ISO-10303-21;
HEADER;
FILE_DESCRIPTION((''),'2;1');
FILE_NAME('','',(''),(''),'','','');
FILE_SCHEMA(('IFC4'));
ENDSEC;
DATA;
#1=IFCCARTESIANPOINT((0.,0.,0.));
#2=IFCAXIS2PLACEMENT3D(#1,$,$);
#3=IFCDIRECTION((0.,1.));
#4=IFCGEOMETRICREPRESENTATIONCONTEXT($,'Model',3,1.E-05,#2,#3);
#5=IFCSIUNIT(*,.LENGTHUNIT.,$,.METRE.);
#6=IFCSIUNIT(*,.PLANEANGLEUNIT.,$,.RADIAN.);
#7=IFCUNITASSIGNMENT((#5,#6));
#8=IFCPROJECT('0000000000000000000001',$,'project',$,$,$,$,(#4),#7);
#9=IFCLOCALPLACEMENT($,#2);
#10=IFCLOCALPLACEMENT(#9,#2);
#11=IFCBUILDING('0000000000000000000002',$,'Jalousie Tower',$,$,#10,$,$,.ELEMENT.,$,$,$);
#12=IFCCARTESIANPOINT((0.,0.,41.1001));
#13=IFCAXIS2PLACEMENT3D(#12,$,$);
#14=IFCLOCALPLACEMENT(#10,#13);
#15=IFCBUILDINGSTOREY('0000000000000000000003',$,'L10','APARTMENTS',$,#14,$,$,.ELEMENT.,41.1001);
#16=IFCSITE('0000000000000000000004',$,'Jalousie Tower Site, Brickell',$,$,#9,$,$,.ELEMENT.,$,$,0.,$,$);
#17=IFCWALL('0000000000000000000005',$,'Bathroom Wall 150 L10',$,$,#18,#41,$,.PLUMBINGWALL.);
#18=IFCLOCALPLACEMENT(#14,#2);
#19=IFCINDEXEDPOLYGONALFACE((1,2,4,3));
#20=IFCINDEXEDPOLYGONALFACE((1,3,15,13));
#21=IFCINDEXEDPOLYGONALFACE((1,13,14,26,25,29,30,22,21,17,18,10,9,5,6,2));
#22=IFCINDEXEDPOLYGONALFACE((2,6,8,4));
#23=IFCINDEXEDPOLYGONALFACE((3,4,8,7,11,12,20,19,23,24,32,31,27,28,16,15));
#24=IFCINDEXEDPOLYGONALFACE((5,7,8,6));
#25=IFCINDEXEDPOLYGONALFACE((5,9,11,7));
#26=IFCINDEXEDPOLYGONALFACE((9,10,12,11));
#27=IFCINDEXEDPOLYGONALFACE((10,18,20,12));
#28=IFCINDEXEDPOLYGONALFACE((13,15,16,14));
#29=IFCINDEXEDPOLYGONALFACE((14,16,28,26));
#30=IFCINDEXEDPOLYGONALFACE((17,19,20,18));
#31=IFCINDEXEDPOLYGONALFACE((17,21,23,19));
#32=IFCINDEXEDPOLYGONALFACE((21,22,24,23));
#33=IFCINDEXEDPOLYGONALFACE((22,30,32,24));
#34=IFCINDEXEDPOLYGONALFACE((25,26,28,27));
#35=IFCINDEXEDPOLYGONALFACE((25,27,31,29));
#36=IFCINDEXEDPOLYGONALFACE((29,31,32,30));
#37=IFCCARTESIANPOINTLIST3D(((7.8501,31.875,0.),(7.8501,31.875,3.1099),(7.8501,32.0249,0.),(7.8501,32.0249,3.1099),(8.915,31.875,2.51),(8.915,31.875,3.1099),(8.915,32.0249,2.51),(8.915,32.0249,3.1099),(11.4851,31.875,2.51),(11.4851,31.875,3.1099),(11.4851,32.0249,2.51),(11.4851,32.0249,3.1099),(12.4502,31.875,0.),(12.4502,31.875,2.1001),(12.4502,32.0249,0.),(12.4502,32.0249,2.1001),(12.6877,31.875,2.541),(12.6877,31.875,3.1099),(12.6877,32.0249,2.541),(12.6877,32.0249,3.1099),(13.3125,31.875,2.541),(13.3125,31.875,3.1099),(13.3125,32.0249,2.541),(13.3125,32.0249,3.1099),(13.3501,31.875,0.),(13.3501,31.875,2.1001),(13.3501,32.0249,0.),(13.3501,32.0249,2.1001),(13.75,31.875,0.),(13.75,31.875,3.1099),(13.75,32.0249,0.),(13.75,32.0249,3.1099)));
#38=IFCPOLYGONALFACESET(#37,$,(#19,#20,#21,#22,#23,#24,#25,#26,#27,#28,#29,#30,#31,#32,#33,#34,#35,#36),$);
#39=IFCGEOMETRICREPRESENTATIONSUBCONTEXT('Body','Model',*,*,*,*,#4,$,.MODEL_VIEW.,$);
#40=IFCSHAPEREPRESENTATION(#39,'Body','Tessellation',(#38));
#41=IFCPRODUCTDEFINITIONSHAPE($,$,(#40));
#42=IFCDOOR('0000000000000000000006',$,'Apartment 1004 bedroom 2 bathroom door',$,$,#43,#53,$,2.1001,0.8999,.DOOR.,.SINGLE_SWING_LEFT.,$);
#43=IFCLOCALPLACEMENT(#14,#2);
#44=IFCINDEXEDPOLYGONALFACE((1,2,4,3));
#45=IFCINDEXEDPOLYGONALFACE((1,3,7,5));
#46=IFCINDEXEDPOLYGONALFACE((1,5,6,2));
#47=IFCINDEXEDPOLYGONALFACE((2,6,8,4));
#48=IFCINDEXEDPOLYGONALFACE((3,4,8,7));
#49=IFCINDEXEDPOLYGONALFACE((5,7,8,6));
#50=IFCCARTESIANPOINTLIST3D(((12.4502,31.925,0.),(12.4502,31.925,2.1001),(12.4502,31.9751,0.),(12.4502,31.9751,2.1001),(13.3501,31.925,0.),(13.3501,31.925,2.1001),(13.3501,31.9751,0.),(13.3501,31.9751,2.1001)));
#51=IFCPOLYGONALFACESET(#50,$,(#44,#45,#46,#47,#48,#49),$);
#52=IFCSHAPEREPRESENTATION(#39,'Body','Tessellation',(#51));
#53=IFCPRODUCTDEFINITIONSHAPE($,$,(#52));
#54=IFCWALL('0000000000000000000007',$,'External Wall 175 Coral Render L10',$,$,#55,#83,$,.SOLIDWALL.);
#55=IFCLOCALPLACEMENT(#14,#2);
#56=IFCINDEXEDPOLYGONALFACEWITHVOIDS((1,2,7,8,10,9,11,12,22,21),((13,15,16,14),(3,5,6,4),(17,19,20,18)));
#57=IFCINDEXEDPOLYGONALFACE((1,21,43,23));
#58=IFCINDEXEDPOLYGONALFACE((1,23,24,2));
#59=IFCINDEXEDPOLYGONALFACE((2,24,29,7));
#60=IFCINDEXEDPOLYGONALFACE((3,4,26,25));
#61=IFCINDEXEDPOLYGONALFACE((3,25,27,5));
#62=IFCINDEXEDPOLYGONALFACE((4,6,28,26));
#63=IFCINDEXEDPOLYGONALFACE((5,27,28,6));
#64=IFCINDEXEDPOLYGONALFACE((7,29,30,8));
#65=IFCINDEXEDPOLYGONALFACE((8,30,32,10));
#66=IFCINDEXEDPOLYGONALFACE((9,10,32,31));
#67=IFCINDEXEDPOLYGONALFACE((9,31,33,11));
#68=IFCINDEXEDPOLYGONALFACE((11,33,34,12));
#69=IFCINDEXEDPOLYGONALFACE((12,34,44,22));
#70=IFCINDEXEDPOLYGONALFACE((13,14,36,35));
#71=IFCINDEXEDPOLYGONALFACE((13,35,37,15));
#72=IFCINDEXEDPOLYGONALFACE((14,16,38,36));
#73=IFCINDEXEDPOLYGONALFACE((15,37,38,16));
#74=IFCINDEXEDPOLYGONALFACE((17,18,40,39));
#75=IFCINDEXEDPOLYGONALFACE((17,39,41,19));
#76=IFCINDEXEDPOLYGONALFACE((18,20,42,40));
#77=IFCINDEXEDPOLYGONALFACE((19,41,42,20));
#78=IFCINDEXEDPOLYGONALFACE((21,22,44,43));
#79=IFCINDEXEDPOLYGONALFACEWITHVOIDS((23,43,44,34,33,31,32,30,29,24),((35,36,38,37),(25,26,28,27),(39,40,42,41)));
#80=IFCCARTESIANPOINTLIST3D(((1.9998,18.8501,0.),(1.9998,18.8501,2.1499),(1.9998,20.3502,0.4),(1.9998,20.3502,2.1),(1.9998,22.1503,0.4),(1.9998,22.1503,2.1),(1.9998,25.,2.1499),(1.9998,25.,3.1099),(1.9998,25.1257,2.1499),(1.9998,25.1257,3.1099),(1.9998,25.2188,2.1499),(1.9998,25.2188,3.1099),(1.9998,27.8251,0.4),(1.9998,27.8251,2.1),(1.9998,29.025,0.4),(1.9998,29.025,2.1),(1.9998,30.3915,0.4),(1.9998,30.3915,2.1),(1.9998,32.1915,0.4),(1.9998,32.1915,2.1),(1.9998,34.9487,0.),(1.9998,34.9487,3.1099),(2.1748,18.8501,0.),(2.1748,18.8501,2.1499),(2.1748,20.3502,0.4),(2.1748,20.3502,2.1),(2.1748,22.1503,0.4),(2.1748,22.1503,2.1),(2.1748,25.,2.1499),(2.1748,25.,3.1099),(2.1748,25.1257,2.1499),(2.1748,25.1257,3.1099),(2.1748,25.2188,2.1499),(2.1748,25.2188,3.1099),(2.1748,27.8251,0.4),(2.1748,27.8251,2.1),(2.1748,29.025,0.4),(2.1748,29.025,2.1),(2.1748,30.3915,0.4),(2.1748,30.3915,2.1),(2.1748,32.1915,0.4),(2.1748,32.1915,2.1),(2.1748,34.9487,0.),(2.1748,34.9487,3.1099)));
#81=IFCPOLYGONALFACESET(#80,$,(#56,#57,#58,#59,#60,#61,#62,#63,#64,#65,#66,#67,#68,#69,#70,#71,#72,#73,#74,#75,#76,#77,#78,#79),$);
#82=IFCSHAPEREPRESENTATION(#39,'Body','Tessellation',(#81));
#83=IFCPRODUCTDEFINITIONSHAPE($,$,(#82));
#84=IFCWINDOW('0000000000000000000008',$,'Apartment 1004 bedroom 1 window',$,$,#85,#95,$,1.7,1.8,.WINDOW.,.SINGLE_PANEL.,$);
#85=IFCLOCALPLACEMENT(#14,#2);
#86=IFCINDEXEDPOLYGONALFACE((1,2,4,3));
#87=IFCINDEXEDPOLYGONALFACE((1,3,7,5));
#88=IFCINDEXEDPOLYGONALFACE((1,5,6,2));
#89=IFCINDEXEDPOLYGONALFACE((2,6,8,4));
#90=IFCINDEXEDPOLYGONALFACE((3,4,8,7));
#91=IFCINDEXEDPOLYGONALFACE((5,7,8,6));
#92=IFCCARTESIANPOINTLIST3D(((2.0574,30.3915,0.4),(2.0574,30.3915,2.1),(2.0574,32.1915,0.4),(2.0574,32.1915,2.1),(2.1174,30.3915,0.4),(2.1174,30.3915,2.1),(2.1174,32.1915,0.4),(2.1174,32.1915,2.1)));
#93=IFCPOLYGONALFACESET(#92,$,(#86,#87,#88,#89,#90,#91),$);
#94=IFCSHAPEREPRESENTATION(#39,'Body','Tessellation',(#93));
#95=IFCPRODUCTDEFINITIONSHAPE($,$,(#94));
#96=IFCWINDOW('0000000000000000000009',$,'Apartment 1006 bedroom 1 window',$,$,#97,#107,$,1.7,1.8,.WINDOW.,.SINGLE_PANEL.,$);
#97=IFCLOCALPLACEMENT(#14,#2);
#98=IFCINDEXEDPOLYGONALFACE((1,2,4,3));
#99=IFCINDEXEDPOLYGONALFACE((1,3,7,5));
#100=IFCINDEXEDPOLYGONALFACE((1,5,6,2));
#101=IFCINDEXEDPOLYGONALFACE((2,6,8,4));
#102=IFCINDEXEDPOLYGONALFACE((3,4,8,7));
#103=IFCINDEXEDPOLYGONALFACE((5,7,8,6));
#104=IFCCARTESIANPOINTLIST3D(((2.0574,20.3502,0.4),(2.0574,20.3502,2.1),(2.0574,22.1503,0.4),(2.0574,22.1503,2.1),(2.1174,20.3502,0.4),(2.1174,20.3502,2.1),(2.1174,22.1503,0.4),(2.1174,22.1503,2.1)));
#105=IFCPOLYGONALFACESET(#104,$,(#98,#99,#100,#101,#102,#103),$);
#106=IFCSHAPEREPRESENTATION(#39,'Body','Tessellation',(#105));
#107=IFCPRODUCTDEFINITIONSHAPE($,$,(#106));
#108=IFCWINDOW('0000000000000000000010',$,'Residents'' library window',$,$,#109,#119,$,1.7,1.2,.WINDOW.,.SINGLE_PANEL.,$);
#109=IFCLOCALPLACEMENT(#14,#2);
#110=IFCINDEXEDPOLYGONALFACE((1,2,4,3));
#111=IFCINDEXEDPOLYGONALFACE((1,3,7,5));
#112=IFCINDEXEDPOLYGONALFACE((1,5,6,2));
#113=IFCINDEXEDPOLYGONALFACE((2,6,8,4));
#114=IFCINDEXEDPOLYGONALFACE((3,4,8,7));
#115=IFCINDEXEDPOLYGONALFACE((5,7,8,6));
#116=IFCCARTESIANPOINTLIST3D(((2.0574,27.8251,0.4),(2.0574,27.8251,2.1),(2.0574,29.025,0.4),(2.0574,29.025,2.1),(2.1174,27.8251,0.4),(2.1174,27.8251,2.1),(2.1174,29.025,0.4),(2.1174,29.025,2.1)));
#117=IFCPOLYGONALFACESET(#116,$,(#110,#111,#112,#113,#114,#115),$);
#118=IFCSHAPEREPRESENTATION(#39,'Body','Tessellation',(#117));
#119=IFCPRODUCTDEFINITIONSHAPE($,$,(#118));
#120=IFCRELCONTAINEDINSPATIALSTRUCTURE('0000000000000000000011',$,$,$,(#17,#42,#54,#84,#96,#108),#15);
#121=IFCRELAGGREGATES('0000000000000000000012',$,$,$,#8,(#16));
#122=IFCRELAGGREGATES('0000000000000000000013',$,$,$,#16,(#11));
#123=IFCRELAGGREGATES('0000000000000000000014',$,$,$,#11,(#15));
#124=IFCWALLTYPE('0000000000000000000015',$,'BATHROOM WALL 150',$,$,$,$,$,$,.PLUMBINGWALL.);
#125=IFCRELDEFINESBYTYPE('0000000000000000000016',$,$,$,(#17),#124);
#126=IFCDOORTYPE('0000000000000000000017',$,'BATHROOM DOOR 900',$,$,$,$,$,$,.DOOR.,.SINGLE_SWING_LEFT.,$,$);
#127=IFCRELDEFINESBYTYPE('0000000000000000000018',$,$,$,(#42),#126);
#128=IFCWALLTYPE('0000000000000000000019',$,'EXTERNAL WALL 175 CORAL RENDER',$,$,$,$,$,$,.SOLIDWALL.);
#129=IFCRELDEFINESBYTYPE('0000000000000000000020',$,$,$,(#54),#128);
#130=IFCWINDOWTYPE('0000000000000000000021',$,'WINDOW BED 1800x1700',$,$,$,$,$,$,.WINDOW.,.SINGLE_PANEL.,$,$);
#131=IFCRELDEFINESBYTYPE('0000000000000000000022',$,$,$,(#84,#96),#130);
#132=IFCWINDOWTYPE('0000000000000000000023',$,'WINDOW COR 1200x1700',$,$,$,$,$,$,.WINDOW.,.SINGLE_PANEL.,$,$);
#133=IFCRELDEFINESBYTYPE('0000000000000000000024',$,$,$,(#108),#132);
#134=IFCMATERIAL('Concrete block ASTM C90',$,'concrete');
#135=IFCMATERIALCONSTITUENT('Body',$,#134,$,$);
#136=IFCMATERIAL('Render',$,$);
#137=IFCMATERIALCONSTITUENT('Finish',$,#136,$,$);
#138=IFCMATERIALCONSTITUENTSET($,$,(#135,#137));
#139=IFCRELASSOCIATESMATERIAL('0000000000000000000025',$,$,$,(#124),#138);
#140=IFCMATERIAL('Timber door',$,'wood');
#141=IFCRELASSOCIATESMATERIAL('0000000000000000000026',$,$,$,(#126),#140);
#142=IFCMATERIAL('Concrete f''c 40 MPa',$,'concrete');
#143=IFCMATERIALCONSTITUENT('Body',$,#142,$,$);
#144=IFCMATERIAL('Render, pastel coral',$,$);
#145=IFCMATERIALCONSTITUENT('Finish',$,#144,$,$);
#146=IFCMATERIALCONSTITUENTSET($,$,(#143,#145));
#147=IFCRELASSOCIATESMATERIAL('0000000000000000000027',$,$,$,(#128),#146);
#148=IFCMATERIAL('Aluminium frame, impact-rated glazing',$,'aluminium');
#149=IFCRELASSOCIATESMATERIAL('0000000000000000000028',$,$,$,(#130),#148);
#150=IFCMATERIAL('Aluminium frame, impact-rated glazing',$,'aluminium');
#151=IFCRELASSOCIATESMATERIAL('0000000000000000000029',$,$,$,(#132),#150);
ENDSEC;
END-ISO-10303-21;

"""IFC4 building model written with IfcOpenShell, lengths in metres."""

from ifc_helpers import new_model, si_unit, direction, frame, frame_2d, origin, place, context, subcontext, project, spatial, polyline, rectangle, outline, extrude, material, constituent, constituent_set, type_object, element, fill, save


model = new_model("IFC4")

# Units and contexts
model_context = context("Model", 3, precision=1e-05, world=origin(), true_north=direction((0.0, 1.0)))
body_context = subcontext(model_context, "Body", "Model", "MODEL_VIEW")
ifc_project = project(units=[si_unit("LENGTHUNIT", "METRE"), si_unit("PLANEANGLEUNIT", "RADIAN")], contexts=[model_context])

# Site, building, storey
site_placement = place(None, origin())
site = spatial("IfcSite", under=ifc_project, at=site_placement, Name="Jalousie Tower Site, Brickell", CompositionType="ELEMENT", RefElevation=0.0)
building_placement = place(site_placement, origin())
building = spatial("IfcBuilding", under=site, at=building_placement, Name="Jalousie Tower", CompositionType="ELEMENT")
storey_placement = place(building_placement, frame((0.0, 0.0, 41.1001)))
storey = spatial("IfcBuildingStorey", under=building, at=storey_placement, Name="L10", Description="APARTMENTS", CompositionType="ELEMENT", Elevation=41.1001)

# Wall, opening, door
ifc_material_1 = material(Name="Concrete block ASTM C90", Category="concrete")
ifc_constituent_1 = constituent(ifc_material_1, Name="Body")
ifc_material_2 = material(Name="Render")
ifc_constituent_2 = constituent(ifc_material_2, Name="Finish")
ifc_constituent_set_1 = constituent_set(constituents=[ifc_constituent_1, ifc_constituent_2])
wall_type_1 = type_object("IfcWallType", Name="BATHROOM WALL 150", PredefinedType="PLUMBINGWALL", material=ifc_constituent_set_1)
wall_1_placement = place(storey_placement, frame((7.8501, 31.95, 0.0), z_axis=(0.0, 0.0, 1.0), x_axis=(1.0, 0.0, 0.0)))
wall_1 = element("IfcWall", 1, at=wall_1_placement, inside=storey, type_object=wall_type_1, Name="Bathroom Wall 150 L10", PredefinedType="PLUMBINGWALL", context=body_context, shape_type="SweptSolid", body=[
    extrude(outline(polyline([(0.0, 0.0), (5.8999, 0.0), (5.8999, 3.1099), (5.4624, 3.1099), (5.4624, 2.541), (4.8376, 2.541), (4.8376, 3.1099), (3.635, 3.1099), (3.635, 2.51), (1.0649, 2.51), (1.0649, 3.1099), (0.0, 3.1099), (0.0, 0.0)])), frame((0.0, 0.075, 0.0), z_axis=(0.0, -1.0, 0.0), x_axis=(1.0, 0.0, 0.0)), (0.0, 0.0, 1.0), 0.1499),
])
opening_1_placement = place(wall_1_placement, frame((4.6001, 0.0, 0.0)))
opening_1 = element("IfcOpeningElement", 2, at=opening_1_placement, cuts=wall_1, PredefinedType="OPENING", context=body_context, shape_type="SweptSolid", body=[
    extrude(rectangle(XDim=0.8999, YDim=2.1001, at=frame_2d((0.45, 1.05))), frame((0.0, 0.085, 0.0), z_axis=(0.0, -1.0, 0.0), x_axis=(1.0, 0.0, 0.0)), (0.0, 0.0, 1.0), 0.1699),
])
ifc_material_3 = material(Name="Timber door", Category="wood")
door_type_1 = type_object("IfcDoorType", Name="BATHROOM DOOR 900", OperationType="SINGLE_SWING_LEFT", PredefinedType="DOOR", material=ifc_material_3)
door_1_placement = place(opening_1_placement, frame((0.8999, 0.0, 0.0), z_axis=(0.0, 0.0, 1.0), x_axis=(-1.0, 0.0, 0.0)))
door_1 = element("IfcDoor", 3, at=door_1_placement, inside=storey, type_object=door_type_1, Name="Apartment 1004 bedroom 2 bathroom door", OperationType="SINGLE_SWING_LEFT", OverallHeight=2.1001, OverallWidth=0.8999, PredefinedType="DOOR", context=body_context, shape_type="SweptSolid", body=[
    extrude(rectangle(XDim=0.8999, YDim=2.1001, at=frame_2d((0.45, 1.05))), frame((0.0, 0.0249, 0.0), z_axis=(0.0, -1.0, 0.0), x_axis=(1.0, 0.0, 0.0)), (0.0, 0.0, 1.0), 0.05),
])
fill(opening_1, door_1)

# Wall, openings, windows
ifc_material_4 = material(Name="Concrete f'c 40 MPa", Category="concrete")
ifc_constituent_3 = constituent(ifc_material_4, Name="Body")
ifc_material_5 = material(Name="Render, pastel coral")
ifc_constituent_4 = constituent(ifc_material_5, Name="Finish")
ifc_constituent_set_2 = constituent_set(constituents=[ifc_constituent_3, ifc_constituent_4])
wall_type_2 = type_object("IfcWallType", Name="EXTERNAL WALL 175 CORAL RENDER", PredefinedType="SOLIDWALL", material=ifc_constituent_set_2)
wall_2_placement = place(storey_placement, frame((2.0874, 34.9487, 0.0), z_axis=(0.0, 0.0, 1.0), x_axis=(0.0, -1.0, 0.0)))
wall_2 = element("IfcWall", 4, at=wall_2_placement, inside=storey, type_object=wall_type_2, Name="External Wall 175 Coral Render L10", PredefinedType="SOLIDWALL", context=body_context, shape_type="SweptSolid", body=[
    extrude(outline(polyline([(0.0, 0.0), (16.0986, 0.0), (16.0986, 2.1499), (9.9487, 2.1499), (9.9487, 3.1099), (9.823, 3.1099), (9.823, 2.1499), (9.73, 2.1499), (9.73, 3.1099), (0.0, 3.1099), (0.0, 0.0)])), frame((0.0, 0.0874, 0.0), z_axis=(0.0, -1.0, 0.0), x_axis=(1.0, 0.0, 0.0)), (0.0, 0.0, 1.0), 0.175),
])
opening_2_placement = place(wall_2_placement, frame((2.7573, 0.0, 0.3999)))
opening_2 = element("IfcOpeningElement", 5, at=opening_2_placement, cuts=wall_2, PredefinedType="OPENING", context=body_context, shape_type="SweptSolid", body=[
    extrude(rectangle(XDim=1.8, YDim=1.7, at=frame_2d((0.8999, 0.8501))), frame((0.0, 0.0974, 0.0), z_axis=(0.0, -1.0, 0.0), x_axis=(1.0, 0.0, 0.0)), (0.0, 0.0, 1.0), 0.1951),
])
opening_3_placement = place(wall_2_placement, frame((5.9236, 0.0, 0.3999)))
opening_3 = element("IfcOpeningElement", 6, at=opening_3_placement, cuts=wall_2, PredefinedType="OPENING", context=body_context, shape_type="SweptSolid", body=[
    extrude(rectangle(XDim=1.2, YDim=1.7, at=frame_2d((0.6001, 0.8501))), frame((0.0, 0.0974, 0.0), z_axis=(0.0, -1.0, 0.0), x_axis=(1.0, 0.0, 0.0)), (0.0, 0.0, 1.0), 0.1951),
])
opening_4_placement = place(wall_2_placement, frame((12.7986, 0.0, 0.3999)))
opening_4 = element("IfcOpeningElement", 7, at=opening_4_placement, cuts=wall_2, PredefinedType="OPENING", context=body_context, shape_type="SweptSolid", body=[
    extrude(rectangle(XDim=1.8, YDim=1.7, at=frame_2d((0.8999, 0.8501))), frame((0.0, 0.0974, 0.0), z_axis=(0.0, -1.0, 0.0), x_axis=(1.0, 0.0, 0.0)), (0.0, 0.0, 1.0), 0.1951),
])
ifc_material_6 = material(Name="Aluminium frame, impact-rated glazing", Category="aluminium")
window_type_1 = type_object("IfcWindowType", Name="WINDOW BED 1800x1700", PartitioningType="SINGLE_PANEL", PredefinedType="WINDOW", material=ifc_material_6)
window_1_placement = place(opening_2_placement, origin())
window_1 = element("IfcWindow", 8, at=window_1_placement, inside=storey, type_object=window_type_1, Name="Apartment 1004 bedroom 1 window", OverallHeight=1.7, OverallWidth=1.8, PartitioningType="SINGLE_PANEL", PredefinedType="WINDOW", context=body_context, shape_type="SweptSolid", body=[
    extrude(rectangle(XDim=1.8, YDim=1.7, at=frame_2d((0.8999, 0.8501))), frame((0.0, 0.03, 0.0), z_axis=(0.0, -1.0, 0.0), x_axis=(1.0, 0.0, 0.0)), (0.0, 0.0, 1.0), 0.0601),
])
fill(opening_2, window_1)
window_2_placement = place(opening_4_placement, origin())
window_2 = element("IfcWindow", 9, at=window_2_placement, inside=storey, type_object=window_type_1, Name="Apartment 1006 bedroom 1 window", OverallHeight=1.7, OverallWidth=1.8, PartitioningType="SINGLE_PANEL", PredefinedType="WINDOW", context=body_context, shape_type="SweptSolid", body=[
    extrude(rectangle(XDim=1.8, YDim=1.7, at=frame_2d((0.8999, 0.8501))), frame((0.0, 0.03, 0.0), z_axis=(0.0, -1.0, 0.0), x_axis=(1.0, 0.0, 0.0)), (0.0, 0.0, 1.0), 0.0601),
])
fill(opening_4, window_2)
ifc_material_7 = material(Name="Aluminium frame, impact-rated glazing", Category="aluminium")
window_type_2 = type_object("IfcWindowType", Name="WINDOW COR 1200x1700", PartitioningType="SINGLE_PANEL", PredefinedType="WINDOW", material=ifc_material_7)
window_3_placement = place(opening_3_placement, origin())
window_3 = element("IfcWindow", 10, at=window_3_placement, inside=storey, type_object=window_type_2, Name="Residents' library window", OverallHeight=1.7, OverallWidth=1.2, PartitioningType="SINGLE_PANEL", PredefinedType="WINDOW", context=body_context, shape_type="SweptSolid", body=[
    extrude(rectangle(XDim=1.2, YDim=1.7, at=frame_2d((0.6001, 0.8501))), frame((0.0, 0.03, 0.0), z_axis=(0.0, -1.0, 0.0), x_axis=(1.0, 0.0, 0.0)), (0.0, 0.0, 1.0), 0.0601),
])
fill(opening_3, window_3)

save(model, "model.ifc")
